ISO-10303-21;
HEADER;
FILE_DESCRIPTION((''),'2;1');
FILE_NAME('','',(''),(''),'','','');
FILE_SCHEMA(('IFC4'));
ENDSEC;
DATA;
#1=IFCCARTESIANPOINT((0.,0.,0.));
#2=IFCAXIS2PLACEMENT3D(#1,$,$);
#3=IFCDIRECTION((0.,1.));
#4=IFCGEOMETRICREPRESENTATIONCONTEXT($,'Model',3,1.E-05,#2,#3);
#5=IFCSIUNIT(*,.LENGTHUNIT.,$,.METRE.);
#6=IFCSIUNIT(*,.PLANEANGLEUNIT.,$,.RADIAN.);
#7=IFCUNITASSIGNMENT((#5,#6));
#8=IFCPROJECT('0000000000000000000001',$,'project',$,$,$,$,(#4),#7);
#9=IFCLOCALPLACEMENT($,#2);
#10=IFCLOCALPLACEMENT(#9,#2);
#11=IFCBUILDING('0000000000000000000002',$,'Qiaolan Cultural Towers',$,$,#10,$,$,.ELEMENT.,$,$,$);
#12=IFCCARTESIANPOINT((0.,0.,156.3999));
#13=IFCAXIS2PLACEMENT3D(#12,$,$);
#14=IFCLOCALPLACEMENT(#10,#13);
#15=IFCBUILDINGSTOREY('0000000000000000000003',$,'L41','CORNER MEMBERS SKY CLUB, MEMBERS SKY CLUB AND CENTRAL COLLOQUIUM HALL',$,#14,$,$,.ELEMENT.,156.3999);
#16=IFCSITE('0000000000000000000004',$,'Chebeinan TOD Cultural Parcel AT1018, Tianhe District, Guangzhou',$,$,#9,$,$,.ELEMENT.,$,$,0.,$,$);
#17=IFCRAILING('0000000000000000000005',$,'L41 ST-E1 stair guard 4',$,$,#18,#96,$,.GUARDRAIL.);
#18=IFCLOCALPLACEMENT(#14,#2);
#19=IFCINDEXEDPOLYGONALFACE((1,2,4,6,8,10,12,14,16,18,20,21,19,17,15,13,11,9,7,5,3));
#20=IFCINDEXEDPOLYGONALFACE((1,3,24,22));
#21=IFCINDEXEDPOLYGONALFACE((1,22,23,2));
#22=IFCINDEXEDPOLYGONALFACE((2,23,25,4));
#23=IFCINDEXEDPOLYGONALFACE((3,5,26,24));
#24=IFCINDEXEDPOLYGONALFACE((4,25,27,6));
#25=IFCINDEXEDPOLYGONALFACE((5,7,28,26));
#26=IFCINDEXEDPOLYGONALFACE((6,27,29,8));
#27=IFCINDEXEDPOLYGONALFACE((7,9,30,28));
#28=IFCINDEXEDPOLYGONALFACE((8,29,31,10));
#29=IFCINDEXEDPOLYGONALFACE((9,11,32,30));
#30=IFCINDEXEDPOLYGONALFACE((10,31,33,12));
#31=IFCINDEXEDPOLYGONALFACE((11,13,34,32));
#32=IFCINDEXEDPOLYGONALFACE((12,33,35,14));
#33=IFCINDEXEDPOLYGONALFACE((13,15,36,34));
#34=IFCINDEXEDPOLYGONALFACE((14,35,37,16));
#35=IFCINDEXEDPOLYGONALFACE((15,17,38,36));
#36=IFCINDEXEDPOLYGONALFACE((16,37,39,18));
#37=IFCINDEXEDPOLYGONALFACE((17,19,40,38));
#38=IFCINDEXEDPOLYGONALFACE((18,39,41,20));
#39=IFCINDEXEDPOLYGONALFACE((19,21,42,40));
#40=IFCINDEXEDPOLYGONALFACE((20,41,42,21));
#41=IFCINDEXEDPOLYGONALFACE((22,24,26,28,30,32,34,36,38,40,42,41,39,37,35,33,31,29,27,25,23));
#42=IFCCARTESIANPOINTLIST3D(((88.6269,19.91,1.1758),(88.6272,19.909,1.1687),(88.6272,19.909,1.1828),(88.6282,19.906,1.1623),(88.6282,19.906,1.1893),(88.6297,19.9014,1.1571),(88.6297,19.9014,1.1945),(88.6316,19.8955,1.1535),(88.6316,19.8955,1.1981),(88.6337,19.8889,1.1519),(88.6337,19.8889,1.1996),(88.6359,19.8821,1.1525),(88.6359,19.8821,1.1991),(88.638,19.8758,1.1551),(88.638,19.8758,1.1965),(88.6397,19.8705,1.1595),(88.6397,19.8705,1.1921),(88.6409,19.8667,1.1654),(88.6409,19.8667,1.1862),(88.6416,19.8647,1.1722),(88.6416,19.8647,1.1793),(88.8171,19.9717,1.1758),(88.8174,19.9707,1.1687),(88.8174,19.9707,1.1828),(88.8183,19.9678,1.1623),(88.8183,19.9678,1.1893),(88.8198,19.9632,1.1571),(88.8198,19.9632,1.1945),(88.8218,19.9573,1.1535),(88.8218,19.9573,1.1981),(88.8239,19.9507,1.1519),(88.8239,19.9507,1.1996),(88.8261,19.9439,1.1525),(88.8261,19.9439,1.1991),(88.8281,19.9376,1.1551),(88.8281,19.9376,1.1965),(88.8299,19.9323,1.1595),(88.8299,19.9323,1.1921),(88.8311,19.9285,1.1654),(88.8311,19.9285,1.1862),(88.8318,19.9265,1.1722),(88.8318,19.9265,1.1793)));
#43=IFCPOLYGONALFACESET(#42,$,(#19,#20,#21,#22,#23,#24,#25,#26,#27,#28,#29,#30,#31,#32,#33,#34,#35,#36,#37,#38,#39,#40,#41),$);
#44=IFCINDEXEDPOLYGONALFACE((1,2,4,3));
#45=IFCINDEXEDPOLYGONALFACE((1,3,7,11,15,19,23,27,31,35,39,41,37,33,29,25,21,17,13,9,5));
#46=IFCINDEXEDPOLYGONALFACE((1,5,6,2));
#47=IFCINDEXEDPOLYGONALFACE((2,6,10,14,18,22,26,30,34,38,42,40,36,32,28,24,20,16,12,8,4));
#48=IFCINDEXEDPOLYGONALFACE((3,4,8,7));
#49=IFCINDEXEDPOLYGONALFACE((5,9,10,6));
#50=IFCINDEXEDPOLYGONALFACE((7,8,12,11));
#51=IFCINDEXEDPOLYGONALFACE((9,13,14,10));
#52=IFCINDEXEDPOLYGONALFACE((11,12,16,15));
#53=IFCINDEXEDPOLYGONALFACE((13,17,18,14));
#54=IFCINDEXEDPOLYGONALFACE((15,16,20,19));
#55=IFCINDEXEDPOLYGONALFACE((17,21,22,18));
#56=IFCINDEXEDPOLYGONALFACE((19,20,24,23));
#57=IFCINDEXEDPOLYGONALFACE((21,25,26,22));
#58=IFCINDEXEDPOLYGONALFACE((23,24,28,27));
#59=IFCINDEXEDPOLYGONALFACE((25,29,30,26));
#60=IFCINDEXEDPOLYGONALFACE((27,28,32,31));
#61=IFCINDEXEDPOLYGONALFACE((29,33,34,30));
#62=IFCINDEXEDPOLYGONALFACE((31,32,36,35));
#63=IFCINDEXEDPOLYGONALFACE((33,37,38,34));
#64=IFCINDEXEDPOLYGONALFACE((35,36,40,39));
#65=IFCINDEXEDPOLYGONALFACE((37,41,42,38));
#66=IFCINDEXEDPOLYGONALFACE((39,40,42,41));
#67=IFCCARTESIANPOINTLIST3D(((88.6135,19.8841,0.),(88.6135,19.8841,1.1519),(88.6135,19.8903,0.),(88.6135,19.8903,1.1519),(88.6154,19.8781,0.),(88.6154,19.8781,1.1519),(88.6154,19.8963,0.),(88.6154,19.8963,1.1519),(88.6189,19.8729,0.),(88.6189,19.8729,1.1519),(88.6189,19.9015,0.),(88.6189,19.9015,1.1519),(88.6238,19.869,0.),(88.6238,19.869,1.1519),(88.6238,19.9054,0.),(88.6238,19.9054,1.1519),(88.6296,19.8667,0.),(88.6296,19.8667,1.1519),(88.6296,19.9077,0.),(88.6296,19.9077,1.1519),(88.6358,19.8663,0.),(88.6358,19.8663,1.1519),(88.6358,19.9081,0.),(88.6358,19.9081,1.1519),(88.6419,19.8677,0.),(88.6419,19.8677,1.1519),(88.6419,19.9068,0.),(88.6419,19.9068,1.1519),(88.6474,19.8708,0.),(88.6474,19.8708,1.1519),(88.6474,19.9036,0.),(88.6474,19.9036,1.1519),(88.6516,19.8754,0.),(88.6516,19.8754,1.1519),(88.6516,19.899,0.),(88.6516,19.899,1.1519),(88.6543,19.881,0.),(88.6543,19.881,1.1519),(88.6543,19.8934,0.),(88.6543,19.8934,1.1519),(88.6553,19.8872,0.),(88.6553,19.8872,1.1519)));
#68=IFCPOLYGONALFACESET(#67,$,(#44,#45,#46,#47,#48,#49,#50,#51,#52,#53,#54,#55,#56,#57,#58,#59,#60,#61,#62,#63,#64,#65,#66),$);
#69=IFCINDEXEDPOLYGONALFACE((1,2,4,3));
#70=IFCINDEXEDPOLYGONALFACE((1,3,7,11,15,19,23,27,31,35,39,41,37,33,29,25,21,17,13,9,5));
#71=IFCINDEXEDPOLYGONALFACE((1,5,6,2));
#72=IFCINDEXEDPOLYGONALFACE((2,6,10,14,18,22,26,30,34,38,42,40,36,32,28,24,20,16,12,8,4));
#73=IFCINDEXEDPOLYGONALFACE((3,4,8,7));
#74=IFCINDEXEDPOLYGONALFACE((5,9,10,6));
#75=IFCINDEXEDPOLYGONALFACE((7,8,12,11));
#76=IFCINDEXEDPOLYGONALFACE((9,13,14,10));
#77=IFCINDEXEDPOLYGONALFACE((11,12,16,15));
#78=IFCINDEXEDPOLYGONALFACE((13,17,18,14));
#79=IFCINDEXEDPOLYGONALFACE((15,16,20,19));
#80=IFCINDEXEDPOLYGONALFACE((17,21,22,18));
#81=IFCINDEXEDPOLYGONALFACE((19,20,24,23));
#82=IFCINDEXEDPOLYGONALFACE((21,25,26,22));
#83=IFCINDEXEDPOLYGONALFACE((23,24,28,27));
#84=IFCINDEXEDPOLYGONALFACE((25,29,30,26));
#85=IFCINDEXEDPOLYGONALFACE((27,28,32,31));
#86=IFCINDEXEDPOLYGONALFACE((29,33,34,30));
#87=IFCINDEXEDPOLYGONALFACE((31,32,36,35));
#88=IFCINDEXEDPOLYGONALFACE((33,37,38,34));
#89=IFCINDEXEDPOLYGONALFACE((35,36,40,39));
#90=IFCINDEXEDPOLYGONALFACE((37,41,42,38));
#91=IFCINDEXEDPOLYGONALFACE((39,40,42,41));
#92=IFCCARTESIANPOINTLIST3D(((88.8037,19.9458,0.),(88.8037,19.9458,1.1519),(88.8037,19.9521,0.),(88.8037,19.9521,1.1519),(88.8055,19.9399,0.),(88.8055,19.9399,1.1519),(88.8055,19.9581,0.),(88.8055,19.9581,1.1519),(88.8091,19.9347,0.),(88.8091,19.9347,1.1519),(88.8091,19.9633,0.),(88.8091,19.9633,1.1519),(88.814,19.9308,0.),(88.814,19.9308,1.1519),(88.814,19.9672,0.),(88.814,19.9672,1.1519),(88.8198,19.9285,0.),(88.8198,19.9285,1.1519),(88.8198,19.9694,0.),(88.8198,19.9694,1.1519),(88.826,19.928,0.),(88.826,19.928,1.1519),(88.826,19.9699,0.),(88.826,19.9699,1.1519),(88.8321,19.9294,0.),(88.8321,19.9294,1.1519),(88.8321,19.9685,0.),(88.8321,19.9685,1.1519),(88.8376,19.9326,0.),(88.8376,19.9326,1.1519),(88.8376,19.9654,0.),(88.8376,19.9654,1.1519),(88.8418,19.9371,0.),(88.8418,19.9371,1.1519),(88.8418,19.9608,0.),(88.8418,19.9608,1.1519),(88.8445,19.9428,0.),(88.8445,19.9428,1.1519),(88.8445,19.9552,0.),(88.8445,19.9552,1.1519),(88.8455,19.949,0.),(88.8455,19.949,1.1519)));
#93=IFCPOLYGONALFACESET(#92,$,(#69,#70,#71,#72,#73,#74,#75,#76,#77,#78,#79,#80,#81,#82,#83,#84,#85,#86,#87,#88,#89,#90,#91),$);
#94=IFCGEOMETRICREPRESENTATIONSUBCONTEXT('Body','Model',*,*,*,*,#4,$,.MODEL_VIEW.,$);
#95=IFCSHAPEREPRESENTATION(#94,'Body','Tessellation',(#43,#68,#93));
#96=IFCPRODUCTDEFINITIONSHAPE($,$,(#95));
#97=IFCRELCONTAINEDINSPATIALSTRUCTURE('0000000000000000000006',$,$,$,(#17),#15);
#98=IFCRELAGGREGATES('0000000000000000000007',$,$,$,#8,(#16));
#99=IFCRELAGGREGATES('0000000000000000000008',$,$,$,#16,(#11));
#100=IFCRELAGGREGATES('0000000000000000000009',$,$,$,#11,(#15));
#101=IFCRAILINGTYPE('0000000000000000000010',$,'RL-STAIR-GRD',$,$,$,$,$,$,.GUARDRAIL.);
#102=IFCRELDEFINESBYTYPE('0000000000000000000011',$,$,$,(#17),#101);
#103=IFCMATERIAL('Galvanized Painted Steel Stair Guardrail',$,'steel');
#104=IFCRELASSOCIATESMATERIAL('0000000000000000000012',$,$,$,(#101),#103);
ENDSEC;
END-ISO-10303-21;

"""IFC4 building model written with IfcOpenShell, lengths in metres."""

from ifc_helpers import new_model, si_unit, direction, frame, origin, origin_2d, place, context, subcontext, project, spatial, circle, extrude, material, type_object, element, save


model = new_model("IFC4")

# Units and contexts
model_context = context("Model", 3, precision=1e-05, world=origin(), true_north=direction((0.0, 1.0)))
body_context = subcontext(model_context, "Body", "Model", "MODEL_VIEW")
ifc_project = project(units=[si_unit("LENGTHUNIT", "METRE"), si_unit("PLANEANGLEUNIT", "RADIAN")], contexts=[model_context])

# Site, building, storey
site_placement = place(None, origin())
site = spatial("IfcSite", under=ifc_project, at=site_placement, Name="Chebeinan TOD Cultural Parcel AT1018, Tianhe District, Guangzhou", CompositionType="ELEMENT", RefElevation=0.0)
building_placement = place(site_placement, origin())
building = spatial("IfcBuilding", under=site, at=building_placement, Name="Qiaolan Cultural Towers", CompositionType="ELEMENT")
storey_placement = place(building_placement, frame((0.0, 0.0, 156.3999)))
storey = spatial("IfcBuildingStorey", under=building, at=storey_placement, Name="L41", Description="CORNER MEMBERS SKY CLUB, MEMBERS SKY CLUB AND CENTRAL COLLOQUIUM HALL", CompositionType="ELEMENT", Elevation=156.3999)

# Railing
ifc_material_1 = material(Name="Galvanized Painted Steel Stair Guardrail", Category="steel")
railing_type_1 = type_object("IfcRailingType", Name="RL-STAIR-GRD", PredefinedType="GUARDRAIL", material=ifc_material_1)
railing_1_placement = place(storey_placement, frame((88.6343, 19.8872, 0.0)))
element("IfcRailing", 1, at=railing_1_placement, inside=storey, type_object=railing_type_1, Name="L41 ST-E1 stair guard 4", PredefinedType="GUARDRAIL", context=body_context, shape_type="SweptSolid", body=[
    extrude(circle(Radius=0.0239, at=origin_2d()), frame((0.0, 0.0, 1.1758), z_axis=(0.951097, 0.308893, 0.0), x_axis=(-0.308893, 0.951097, 0.0)), (0.0, 0.0, 1.0), 0.2),
    extrude(circle(Radius=0.021, at=origin_2d()), origin(), (0.0, 0.0, 1.0), 1.1519),
    extrude(circle(Radius=0.021, at=origin_2d()), frame((0.1902, 0.0618, 0.0)), (0.0, 0.0, 1.0), 1.1519),
])

save(model, "model.ifc")
